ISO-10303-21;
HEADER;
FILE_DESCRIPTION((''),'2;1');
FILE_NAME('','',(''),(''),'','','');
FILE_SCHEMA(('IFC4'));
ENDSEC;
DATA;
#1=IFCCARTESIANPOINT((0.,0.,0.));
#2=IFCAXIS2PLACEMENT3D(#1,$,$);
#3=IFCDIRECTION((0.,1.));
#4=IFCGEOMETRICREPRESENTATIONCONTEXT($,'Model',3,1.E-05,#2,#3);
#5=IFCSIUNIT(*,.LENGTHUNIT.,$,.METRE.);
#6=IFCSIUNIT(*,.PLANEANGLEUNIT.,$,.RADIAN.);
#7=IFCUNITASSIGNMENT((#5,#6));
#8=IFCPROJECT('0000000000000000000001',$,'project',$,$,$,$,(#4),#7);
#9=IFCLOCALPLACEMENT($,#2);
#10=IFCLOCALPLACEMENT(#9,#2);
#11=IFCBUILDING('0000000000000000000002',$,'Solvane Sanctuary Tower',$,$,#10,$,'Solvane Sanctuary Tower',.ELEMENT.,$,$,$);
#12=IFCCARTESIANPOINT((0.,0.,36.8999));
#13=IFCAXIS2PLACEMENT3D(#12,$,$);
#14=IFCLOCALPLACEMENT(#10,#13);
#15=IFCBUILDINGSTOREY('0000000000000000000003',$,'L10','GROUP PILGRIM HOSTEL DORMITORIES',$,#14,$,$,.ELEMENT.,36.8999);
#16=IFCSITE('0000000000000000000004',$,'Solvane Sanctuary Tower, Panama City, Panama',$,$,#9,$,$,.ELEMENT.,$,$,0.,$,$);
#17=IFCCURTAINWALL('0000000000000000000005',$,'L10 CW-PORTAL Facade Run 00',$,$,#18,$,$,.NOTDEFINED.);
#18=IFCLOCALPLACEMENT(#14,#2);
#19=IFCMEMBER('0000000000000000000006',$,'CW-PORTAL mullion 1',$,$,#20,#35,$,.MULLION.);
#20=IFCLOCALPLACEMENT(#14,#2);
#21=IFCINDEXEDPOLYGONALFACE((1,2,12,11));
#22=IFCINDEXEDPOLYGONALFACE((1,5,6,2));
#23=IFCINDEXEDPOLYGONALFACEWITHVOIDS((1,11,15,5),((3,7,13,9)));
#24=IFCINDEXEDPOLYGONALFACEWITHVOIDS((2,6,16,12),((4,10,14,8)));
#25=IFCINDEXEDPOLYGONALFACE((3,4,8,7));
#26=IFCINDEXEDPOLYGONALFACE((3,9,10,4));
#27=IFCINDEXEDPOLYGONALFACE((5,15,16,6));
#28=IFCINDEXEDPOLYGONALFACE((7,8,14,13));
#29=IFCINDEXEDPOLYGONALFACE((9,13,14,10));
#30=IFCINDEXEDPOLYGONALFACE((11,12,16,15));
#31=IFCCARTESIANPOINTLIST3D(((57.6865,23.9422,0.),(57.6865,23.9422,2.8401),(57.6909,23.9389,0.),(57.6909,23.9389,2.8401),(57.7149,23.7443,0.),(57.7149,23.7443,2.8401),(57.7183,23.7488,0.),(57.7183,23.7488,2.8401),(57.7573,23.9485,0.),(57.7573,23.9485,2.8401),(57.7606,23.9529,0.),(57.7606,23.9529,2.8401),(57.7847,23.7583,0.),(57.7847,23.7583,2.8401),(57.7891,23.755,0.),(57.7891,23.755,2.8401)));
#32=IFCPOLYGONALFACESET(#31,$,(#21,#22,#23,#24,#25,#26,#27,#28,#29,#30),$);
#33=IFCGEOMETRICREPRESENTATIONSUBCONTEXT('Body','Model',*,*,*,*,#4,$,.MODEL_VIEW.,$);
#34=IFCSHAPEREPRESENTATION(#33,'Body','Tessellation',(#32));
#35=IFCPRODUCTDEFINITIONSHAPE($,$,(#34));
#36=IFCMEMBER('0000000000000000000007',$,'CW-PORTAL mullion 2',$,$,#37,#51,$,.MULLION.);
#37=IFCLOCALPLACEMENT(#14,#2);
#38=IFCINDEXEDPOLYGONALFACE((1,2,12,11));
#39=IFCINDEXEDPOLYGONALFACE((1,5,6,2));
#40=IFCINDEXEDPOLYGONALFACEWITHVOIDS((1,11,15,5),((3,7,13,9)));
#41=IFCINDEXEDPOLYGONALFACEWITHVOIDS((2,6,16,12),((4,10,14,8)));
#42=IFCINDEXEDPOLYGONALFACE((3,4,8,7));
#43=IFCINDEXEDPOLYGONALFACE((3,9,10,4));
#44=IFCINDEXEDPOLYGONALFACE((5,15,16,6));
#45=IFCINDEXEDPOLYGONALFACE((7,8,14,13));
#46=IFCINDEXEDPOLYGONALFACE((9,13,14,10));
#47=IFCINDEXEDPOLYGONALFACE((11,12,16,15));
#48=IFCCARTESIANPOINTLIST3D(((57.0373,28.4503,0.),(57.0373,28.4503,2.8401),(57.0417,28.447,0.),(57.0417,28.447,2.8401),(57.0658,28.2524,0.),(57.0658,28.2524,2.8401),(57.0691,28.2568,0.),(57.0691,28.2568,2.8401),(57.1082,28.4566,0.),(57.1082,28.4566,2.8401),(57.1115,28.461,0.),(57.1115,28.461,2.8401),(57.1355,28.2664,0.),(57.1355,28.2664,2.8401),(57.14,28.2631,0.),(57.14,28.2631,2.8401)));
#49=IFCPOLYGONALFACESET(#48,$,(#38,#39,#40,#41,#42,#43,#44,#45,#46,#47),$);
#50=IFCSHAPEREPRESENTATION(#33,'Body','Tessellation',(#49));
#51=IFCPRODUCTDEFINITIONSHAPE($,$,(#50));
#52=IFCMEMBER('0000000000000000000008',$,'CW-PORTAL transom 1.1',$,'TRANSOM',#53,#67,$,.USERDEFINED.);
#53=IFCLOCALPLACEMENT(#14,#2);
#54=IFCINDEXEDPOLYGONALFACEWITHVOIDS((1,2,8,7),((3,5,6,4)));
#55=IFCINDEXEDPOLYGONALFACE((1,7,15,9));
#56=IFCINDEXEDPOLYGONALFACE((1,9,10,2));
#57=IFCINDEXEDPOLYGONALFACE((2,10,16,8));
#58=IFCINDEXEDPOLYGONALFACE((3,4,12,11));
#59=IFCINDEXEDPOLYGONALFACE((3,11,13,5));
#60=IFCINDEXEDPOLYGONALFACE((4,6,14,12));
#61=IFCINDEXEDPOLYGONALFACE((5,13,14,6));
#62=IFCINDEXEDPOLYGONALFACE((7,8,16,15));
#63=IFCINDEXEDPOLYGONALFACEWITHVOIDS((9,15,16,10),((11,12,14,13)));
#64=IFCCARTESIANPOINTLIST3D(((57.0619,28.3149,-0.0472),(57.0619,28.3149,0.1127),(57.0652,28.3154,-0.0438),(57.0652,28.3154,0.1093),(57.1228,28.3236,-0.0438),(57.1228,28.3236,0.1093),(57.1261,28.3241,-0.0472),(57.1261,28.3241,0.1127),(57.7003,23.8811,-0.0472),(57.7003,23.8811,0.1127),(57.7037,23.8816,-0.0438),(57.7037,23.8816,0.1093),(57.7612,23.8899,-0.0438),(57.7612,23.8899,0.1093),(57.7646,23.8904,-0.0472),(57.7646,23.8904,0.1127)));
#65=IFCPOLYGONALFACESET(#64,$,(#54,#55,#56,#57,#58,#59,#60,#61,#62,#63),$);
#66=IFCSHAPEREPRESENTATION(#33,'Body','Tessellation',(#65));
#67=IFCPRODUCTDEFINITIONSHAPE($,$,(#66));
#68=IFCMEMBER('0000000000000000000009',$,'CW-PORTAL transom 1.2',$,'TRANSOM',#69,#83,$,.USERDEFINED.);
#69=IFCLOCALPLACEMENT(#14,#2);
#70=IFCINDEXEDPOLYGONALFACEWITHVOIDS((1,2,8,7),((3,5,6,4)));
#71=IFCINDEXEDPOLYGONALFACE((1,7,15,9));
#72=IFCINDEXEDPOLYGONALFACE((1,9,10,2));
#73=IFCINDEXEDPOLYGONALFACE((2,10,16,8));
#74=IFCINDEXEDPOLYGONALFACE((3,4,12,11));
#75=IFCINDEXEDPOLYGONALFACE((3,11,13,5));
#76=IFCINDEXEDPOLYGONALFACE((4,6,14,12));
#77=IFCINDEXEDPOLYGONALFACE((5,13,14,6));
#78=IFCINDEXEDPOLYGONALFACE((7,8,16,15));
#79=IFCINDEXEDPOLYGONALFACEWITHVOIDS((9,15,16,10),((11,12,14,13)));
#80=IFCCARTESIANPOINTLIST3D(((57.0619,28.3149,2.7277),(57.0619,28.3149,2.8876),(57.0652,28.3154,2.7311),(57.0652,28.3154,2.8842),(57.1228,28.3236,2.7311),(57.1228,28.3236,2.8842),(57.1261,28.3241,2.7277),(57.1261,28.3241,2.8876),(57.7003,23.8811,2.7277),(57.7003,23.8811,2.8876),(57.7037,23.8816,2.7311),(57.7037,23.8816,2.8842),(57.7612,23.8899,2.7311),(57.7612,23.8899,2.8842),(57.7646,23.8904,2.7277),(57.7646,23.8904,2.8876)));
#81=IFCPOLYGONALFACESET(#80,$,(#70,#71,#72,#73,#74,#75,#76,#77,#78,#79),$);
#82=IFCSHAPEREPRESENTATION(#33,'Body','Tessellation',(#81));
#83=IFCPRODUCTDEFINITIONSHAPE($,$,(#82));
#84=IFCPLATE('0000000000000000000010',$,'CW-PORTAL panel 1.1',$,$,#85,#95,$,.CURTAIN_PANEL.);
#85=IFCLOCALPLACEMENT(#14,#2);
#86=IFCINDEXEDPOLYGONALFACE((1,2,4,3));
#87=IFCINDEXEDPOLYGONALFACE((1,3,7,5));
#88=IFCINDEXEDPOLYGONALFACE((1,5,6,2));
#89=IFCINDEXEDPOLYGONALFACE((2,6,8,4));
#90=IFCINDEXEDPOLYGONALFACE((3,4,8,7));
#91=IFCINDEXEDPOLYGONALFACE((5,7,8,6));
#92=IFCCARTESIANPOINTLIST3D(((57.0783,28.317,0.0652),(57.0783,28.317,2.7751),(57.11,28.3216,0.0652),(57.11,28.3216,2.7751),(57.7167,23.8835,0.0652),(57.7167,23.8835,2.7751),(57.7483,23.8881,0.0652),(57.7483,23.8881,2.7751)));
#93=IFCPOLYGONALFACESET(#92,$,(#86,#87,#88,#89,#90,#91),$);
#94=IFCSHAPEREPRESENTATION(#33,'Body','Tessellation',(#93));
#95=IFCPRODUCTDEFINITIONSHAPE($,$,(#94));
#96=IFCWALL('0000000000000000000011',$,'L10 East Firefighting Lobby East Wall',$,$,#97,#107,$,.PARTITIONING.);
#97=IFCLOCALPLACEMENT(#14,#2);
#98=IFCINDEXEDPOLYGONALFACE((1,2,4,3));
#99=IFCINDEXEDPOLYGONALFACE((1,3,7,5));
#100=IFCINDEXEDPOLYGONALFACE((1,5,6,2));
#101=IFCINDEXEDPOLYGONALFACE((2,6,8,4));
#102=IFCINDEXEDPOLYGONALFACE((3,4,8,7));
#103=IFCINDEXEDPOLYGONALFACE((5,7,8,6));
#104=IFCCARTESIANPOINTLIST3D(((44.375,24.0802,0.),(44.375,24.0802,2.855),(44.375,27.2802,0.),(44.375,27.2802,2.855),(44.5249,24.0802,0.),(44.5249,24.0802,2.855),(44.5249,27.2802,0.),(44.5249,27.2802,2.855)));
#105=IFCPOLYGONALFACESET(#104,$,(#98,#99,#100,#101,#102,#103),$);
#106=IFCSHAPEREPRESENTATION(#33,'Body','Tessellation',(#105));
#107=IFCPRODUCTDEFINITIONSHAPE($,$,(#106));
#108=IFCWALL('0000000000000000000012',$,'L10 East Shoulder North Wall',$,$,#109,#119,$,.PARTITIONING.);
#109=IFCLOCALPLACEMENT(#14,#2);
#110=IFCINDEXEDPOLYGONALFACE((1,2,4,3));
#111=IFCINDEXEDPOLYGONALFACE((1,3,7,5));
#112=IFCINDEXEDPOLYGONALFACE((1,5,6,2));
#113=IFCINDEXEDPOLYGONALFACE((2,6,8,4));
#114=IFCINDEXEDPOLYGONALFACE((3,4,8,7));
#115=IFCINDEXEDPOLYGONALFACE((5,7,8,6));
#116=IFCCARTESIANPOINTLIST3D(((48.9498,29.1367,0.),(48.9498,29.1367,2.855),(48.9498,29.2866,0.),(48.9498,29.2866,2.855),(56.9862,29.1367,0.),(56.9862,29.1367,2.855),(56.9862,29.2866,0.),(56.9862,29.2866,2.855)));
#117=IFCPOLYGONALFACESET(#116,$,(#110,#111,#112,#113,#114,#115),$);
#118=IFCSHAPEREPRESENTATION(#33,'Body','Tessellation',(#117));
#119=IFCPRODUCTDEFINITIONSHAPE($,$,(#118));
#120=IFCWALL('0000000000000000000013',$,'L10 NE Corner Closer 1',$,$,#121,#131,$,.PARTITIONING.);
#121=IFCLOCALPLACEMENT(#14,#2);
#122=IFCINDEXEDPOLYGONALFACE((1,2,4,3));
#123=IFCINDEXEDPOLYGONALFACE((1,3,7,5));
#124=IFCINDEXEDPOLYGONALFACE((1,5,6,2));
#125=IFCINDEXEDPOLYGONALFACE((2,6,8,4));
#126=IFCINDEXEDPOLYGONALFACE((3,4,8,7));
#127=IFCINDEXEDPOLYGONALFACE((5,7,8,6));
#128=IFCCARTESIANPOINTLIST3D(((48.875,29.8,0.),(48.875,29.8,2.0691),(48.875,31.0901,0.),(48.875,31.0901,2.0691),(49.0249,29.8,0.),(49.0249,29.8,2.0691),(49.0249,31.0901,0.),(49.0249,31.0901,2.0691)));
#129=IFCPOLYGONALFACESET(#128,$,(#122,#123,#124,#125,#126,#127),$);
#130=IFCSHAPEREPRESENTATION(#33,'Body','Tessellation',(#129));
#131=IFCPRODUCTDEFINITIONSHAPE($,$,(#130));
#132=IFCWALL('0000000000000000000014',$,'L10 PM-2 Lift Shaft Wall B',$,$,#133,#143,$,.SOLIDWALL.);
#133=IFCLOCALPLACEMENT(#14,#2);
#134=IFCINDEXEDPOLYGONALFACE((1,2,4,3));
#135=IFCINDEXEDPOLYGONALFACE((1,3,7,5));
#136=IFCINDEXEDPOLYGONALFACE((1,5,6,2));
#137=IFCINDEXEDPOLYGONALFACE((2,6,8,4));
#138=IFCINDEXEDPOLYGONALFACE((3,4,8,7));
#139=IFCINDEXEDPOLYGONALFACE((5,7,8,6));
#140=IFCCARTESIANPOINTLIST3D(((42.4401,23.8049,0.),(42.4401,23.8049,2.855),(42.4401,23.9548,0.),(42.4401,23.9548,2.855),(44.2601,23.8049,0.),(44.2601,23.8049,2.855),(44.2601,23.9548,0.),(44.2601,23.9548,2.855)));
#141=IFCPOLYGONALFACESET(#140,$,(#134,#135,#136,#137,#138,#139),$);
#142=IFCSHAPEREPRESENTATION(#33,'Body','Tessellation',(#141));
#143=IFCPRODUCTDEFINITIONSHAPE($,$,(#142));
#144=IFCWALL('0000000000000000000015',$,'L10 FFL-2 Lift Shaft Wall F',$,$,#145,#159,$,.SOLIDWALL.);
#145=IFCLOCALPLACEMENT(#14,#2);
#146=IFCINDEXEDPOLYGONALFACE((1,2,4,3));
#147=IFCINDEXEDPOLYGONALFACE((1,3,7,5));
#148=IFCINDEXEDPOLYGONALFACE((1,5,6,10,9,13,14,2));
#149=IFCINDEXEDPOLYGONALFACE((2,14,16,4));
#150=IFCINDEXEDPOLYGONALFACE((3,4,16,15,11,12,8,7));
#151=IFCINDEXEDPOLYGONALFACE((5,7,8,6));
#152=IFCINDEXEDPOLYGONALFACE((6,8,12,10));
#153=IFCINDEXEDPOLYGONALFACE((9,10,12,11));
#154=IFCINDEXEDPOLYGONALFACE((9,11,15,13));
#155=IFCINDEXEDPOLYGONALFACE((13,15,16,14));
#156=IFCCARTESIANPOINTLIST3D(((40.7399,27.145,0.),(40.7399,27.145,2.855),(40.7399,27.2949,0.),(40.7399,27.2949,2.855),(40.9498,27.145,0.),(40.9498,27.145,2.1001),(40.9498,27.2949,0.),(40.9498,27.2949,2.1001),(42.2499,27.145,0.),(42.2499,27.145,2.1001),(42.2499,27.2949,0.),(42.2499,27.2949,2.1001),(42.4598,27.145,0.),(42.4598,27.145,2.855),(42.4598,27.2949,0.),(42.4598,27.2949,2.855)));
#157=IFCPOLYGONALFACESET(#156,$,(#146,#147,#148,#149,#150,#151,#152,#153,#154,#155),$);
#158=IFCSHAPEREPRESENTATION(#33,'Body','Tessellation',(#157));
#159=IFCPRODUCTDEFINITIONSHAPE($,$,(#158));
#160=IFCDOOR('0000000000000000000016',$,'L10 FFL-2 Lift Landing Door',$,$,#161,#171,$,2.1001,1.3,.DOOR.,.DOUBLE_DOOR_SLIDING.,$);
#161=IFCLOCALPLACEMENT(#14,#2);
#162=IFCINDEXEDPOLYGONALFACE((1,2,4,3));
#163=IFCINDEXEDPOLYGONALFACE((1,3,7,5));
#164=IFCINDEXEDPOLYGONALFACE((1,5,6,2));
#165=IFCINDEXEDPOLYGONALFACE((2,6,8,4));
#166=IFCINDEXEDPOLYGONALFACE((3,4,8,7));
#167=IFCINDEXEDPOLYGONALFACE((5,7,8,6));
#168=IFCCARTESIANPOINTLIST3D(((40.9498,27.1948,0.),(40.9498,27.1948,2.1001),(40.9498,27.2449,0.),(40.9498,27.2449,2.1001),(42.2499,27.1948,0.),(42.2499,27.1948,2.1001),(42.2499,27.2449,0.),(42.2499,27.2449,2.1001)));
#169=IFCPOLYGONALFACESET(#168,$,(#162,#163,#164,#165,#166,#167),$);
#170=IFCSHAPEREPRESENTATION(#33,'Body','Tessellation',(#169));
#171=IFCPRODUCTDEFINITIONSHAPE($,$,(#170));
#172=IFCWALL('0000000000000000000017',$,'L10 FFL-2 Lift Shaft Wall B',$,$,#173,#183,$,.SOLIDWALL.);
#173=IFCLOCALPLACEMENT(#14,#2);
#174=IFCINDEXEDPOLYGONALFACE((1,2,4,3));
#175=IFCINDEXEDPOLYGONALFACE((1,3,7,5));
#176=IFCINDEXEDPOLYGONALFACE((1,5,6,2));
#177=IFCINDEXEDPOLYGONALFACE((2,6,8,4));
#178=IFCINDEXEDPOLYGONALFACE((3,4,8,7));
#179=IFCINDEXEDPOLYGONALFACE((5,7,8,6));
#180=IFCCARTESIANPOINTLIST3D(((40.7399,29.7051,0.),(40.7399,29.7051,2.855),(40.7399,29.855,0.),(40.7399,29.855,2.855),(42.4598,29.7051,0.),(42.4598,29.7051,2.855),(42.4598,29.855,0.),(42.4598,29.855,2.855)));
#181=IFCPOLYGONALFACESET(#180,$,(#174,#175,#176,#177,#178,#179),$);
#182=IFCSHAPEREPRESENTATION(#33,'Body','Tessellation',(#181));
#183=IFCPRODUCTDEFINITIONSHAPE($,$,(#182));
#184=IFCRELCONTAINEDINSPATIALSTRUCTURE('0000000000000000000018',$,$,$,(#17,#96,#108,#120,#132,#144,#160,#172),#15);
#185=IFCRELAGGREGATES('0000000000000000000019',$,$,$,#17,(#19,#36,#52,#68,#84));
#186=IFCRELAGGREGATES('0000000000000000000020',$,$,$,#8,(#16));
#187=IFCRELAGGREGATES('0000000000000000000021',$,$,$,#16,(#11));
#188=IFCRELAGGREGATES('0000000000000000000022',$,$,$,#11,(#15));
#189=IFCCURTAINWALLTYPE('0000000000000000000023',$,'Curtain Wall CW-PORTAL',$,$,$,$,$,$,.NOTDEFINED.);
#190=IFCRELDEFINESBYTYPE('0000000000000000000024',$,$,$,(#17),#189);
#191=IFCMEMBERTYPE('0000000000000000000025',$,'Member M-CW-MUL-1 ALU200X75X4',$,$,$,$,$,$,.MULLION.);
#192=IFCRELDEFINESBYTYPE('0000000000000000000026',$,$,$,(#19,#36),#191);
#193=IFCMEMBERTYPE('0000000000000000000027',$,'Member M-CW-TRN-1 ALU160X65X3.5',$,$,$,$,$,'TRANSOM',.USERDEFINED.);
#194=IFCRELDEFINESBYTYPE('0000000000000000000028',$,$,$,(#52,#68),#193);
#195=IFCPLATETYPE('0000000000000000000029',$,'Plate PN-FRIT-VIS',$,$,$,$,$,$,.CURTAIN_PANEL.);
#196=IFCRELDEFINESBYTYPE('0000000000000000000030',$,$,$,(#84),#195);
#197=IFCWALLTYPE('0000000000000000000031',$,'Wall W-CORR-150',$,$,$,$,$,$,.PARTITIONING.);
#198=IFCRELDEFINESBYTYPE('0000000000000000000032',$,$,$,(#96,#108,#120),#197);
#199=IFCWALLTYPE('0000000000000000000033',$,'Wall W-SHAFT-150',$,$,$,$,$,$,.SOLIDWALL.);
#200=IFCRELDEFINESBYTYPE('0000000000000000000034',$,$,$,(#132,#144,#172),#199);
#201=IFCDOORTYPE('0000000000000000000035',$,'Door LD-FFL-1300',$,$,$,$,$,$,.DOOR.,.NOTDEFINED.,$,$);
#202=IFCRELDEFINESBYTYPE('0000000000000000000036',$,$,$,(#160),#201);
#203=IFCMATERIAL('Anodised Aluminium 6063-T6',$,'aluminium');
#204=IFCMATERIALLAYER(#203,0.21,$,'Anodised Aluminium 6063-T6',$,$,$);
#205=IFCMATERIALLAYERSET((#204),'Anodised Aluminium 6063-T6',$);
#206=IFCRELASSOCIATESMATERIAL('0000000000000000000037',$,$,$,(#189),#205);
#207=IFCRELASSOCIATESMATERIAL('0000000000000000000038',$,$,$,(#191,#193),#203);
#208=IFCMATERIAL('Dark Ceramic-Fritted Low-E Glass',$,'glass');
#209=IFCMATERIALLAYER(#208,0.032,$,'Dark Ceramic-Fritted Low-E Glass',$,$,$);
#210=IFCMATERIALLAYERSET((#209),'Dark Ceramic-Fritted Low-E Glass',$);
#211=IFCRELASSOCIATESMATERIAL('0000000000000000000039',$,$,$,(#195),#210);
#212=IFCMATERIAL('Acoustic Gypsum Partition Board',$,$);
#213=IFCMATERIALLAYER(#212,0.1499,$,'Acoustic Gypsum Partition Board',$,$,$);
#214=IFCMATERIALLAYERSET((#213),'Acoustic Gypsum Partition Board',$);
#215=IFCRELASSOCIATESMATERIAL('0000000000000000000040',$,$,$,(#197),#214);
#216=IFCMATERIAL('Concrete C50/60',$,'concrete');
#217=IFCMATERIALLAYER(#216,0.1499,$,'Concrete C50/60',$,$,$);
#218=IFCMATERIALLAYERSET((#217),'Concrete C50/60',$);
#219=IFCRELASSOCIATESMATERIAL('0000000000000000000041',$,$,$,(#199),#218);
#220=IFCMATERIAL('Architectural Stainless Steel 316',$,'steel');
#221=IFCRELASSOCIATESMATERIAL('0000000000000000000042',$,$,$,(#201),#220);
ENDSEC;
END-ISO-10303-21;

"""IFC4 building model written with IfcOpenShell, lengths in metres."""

from ifc_helpers import new_model, si_unit, direction, frame, frame_2d, origin, origin_2d, place, context, subcontext, project, spatial, rectangle, hollow_rectangle, extrude, material, layer, layer_set, material_profile, profile_set, type_object, element, fill, aggregate, save


model = new_model("IFC4")

# Units and contexts
model_context = context("Model", 3, precision=1e-05, world=origin(), true_north=direction((0.0, 1.0)))
body_context = subcontext(model_context, "Body", "Model", "MODEL_VIEW")
ifc_project = project(units=[si_unit("LENGTHUNIT", "METRE"), si_unit("PLANEANGLEUNIT", "RADIAN")], contexts=[model_context])

# Site, building, storey
site_placement = place(None, origin())
site = spatial("IfcSite", under=ifc_project, at=site_placement, Name="Solvane Sanctuary Tower, Panama City, Panama", CompositionType="ELEMENT", RefElevation=0.0)
building_placement = place(site_placement, origin())
building = spatial("IfcBuilding", under=site, at=building_placement, Name="Solvane Sanctuary Tower", LongName="Solvane Sanctuary Tower", CompositionType="ELEMENT")
storey_placement = place(building_placement, frame((0.0, 0.0, 36.8999)))
storey = spatial("IfcBuildingStorey", under=building, at=storey_placement, Name="L10", Description="GROUP PILGRIM HOSTEL DORMITORIES", CompositionType="ELEMENT", Elevation=36.8999)

# Curtain wall, members, plate
ifc_material_1 = material(Name="Anodised Aluminium 6063-T6", Category="aluminium")
ifc_layer_1 = layer(ifc_material_1, 0.21, Name="Anodised Aluminium 6063-T6")
ifc_layer_set_1 = layer_set([ifc_layer_1], Name="Anodised Aluminium 6063-T6")
curtain_wall_type = type_object("IfcCurtainWallType", Name="Curtain Wall CW-PORTAL", PredefinedType="NOTDEFINED", material=ifc_layer_set_1)
curtain_wall_placement = place(storey_placement, origin())
curtain_wall = element("IfcCurtainWall", 1, at=curtain_wall_placement, inside=storey, type_object=curtain_wall_type, Name="L10 CW-PORTAL Facade Run 00", PredefinedType="NOTDEFINED")
ifc_material_profile_1 = material_profile(ifc_material_1, hollow_rectangle(XDim=0.075, YDim=0.2, WallThickness=0.0039, at=origin_2d()), Name="ALU200X75X4")
ifc_profile_set_1 = profile_set([ifc_material_profile_1], Name="Anodised Aluminium 6063-T6")
member_type_1 = type_object("IfcMemberType", Name="Member M-CW-MUL-1 ALU200X75X4", PredefinedType="MULLION", material=ifc_profile_set_1)
member_1_placement = place(storey_placement, frame((57.7378, 23.8486, 0.0), z_axis=(0.0, 0.0, 1.0), x_axis=(-0.989794, -0.142504, 0.0)))
member_1 = element("IfcMember", 2, at=member_1_placement, type_object=member_type_1, Name="CW-PORTAL mullion 1", PredefinedType="MULLION", context=body_context, shape_type="SweptSolid", body=[
    extrude(hollow_rectangle(XDim=0.075, YDim=0.2, WallThickness=0.0039, at=origin_2d()), origin(), (0.0, 0.0, 1.0), 2.8401),
])
member_2_placement = place(storey_placement, frame((57.0886, 28.3567, 0.0), z_axis=(0.0, 0.0, 1.0), x_axis=(-0.989794, -0.142504, 0.0)))
member_2 = element("IfcMember", 3, at=member_2_placement, type_object=member_type_1, Name="CW-PORTAL mullion 2", PredefinedType="MULLION", context=body_context, shape_type="SweptSolid", body=[
    extrude(hollow_rectangle(XDim=0.075, YDim=0.2, WallThickness=0.0039, at=origin_2d()), origin(), (0.0, 0.0, 1.0), 2.8401),
])
ifc_material_profile_2 = material_profile(ifc_material_1, hollow_rectangle(XDim=0.0649, YDim=0.1599, WallThickness=0.0034, at=origin_2d()), Name="ALU160X65X3.5")
ifc_profile_set_2 = profile_set([ifc_material_profile_2], Name="Anodised Aluminium 6063-T6")
member_type_2 = type_object("IfcMemberType", Name="Member M-CW-TRN-1 ALU160X65X3.5", ElementType="TRANSOM", PredefinedType="USERDEFINED", material=ifc_profile_set_2)
member_3_placement = place(storey_placement, frame((57.7324, 23.8857, 0.0327), z_axis=(-0.14252, 0.989792, 0.0), x_axis=(-0.989792, -0.14252, 0.0)))
member_3 = element("IfcMember", 4, at=member_3_placement, type_object=member_type_2, Name="CW-PORTAL transom 1.1", ObjectType="TRANSOM", PredefinedType="USERDEFINED", context=body_context, shape_type="SweptSolid", body=[
    extrude(hollow_rectangle(XDim=0.0649, YDim=0.1599, WallThickness=0.0034, at=origin_2d()), origin(), (0.0, 0.0, 1.0), 4.4795),
])
member_4_placement = place(storey_placement, frame((57.7324, 23.8857, 2.8076), z_axis=(-0.14252, 0.989792, 0.0), x_axis=(-0.989792, -0.14252, 0.0)))
member_4 = element("IfcMember", 5, at=member_4_placement, type_object=member_type_2, Name="CW-PORTAL transom 1.2", ObjectType="TRANSOM", PredefinedType="USERDEFINED", context=body_context, shape_type="SweptSolid", body=[
    extrude(hollow_rectangle(XDim=0.0649, YDim=0.1599, WallThickness=0.0034, at=origin_2d()), origin(), (0.0, 0.0, 1.0), 4.4795),
])
ifc_material_2 = material(Name="Dark Ceramic-Fritted Low-E Glass", Category="glass")
ifc_layer_2 = layer(ifc_material_2, 0.032, Name="Dark Ceramic-Fritted Low-E Glass")
ifc_layer_set_2 = layer_set([ifc_layer_2], Name="Dark Ceramic-Fritted Low-E Glass")
plate_type = type_object("IfcPlateType", Name="Plate PN-FRIT-VIS", PredefinedType="CURTAIN_PANEL", material=ifc_layer_set_2)
plate_placement = place(storey_placement, frame((57.4133, 26.1025, 0.0652), z_axis=(0.0, 0.0, 1.0), x_axis=(-0.142504, 0.989794, 0.0)))
plate = element("IfcPlate", 6, at=plate_placement, type_object=plate_type, Name="CW-PORTAL panel 1.1", PredefinedType="CURTAIN_PANEL", context=body_context, shape_type="SweptSolid", body=[
    extrude(rectangle(XDim=4.4792, YDim=0.032, at=origin_2d()), origin(), (0.0, 0.0, 1.0), 2.71),
])
aggregate(curtain_wall, [member_1, member_2, member_3, member_4, plate])

# Walls
ifc_material_3 = material(Name="Acoustic Gypsum Partition Board")
ifc_layer_3 = layer(ifc_material_3, 0.1499, Name="Acoustic Gypsum Partition Board")
ifc_layer_set_3 = layer_set([ifc_layer_3], Name="Acoustic Gypsum Partition Board")
wall_type_1 = type_object("IfcWallType", Name="Wall W-CORR-150", PredefinedType="PARTITIONING", material=ifc_layer_set_3)
wall_1_placement = place(storey_placement, frame((44.45, 24.0801, 0.0), z_axis=(0.0, 0.0, 1.0), x_axis=(0.0, 1.0, 0.0)))
element("IfcWall", 7, at=wall_1_placement, inside=storey, type_object=wall_type_1, Name="L10 East Firefighting Lobby East Wall", PredefinedType="PARTITIONING", context=body_context, shape_type="SweptSolid", body=[
    extrude(rectangle(XDim=3.2, YDim=0.1499, at=frame_2d((1.6001, 0.0))), origin(), (0.0, 0.0, 1.0), 2.855),
])
wall_2_placement = place(storey_placement, frame((48.95, 29.2117, 0.0), z_axis=(0.0, 0.0, 1.0), x_axis=(1.0, 0.0, 0.0)))
element("IfcWall", 8, at=wall_2_placement, inside=storey, type_object=wall_type_1, Name="L10 East Shoulder North Wall", PredefinedType="PARTITIONING", context=body_context, shape_type="SweptSolid", body=[
    extrude(rectangle(XDim=8.0364, YDim=0.1499, at=frame_2d((4.0181, 0.0))), origin(), (0.0, 0.0, 1.0), 2.855),
])
wall_3_placement = place(storey_placement, frame((48.95, 29.8, 0.0), z_axis=(0.0, 0.0, 1.0), x_axis=(0.0, 1.0, 0.0)))
element("IfcWall", 9, at=wall_3_placement, inside=storey, type_object=wall_type_1, Name="L10 NE Corner Closer 1", PredefinedType="PARTITIONING", context=body_context, shape_type="SweptSolid", body=[
    extrude(rectangle(XDim=1.29, YDim=0.1499, at=frame_2d((0.645, 0.0))), origin(), (0.0, 0.0, 1.0), 2.0691),
])
ifc_material_4 = material(Name="Concrete C50/60", Category="concrete")
ifc_layer_4 = layer(ifc_material_4, 0.1499, Name="Concrete C50/60")
ifc_layer_set_4 = layer_set([ifc_layer_4], Name="Concrete C50/60")
wall_type_2 = type_object("IfcWallType", Name="Wall W-SHAFT-150", PredefinedType="SOLIDWALL", material=ifc_layer_set_4)
wall_4_placement = place(storey_placement, frame((42.4399, 23.8799, 0.0), z_axis=(0.0, 0.0, 1.0), x_axis=(1.0, 0.0, 0.0)))
element("IfcWall", 10, at=wall_4_placement, inside=storey, type_object=wall_type_2, Name="L10 PM-2 Lift Shaft Wall B", PredefinedType="SOLIDWALL", context=body_context, shape_type="SweptSolid", body=[
    extrude(rectangle(XDim=1.8201, YDim=0.1499, at=frame_2d((0.9102, 0.0))), origin(), (0.0, 0.0, 1.0), 2.855),
])

# Wall, opening, door
wall_5_placement = place(storey_placement, frame((40.74, 27.22, 0.0), z_axis=(0.0, 0.0, 1.0), x_axis=(1.0, 0.0, 0.0)))
wall_5 = element("IfcWall", 11, at=wall_5_placement, inside=storey, type_object=wall_type_2, Name="L10 FFL-2 Lift Shaft Wall F", PredefinedType="SOLIDWALL", context=body_context, shape_type="SweptSolid", body=[
    extrude(rectangle(XDim=1.72, YDim=0.1499, at=frame_2d((0.8599, 0.0))), origin(), (0.0, 0.0, 1.0), 2.855),
])
opening_1_placement = place(wall_5_placement, frame((0.21, 0.0, 0.0)))
opening_1 = element("IfcOpeningElement", 12, at=opening_1_placement, cuts=wall_5, PredefinedType="OPENING", context=body_context, shape_type="SweptSolid", body=[
    extrude(rectangle(XDim=1.3, YDim=2.1001, at=frame_2d((0.6499, 1.05))), frame((0.0, 0.085, 0.0), z_axis=(0.0, -1.0, 0.0), x_axis=(1.0, 0.0, 0.0)), (0.0, 0.0, 1.0), 0.1699),
])
ifc_material_5 = material(Name="Architectural Stainless Steel 316", Category="steel")
door_type_1 = type_object("IfcDoorType", Name="Door LD-FFL-1300", OperationType="NOTDEFINED", PredefinedType="DOOR", material=ifc_material_5)
door_1_placement = place(opening_1_placement, origin())
door_1 = element("IfcDoor", 13, at=door_1_placement, inside=storey, type_object=door_type_1, Name="L10 FFL-2 Lift Landing Door", OperationType="DOUBLE_DOOR_SLIDING", OverallHeight=2.1001, OverallWidth=1.3, PredefinedType="DOOR", context=body_context, shape_type="SweptSolid", body=[
    extrude(rectangle(XDim=1.3, YDim=2.1001, at=frame_2d((0.6499, 1.05))), frame((0.0, 0.0249, 0.0), z_axis=(0.0, -1.0, 0.0), x_axis=(1.0, 0.0, 0.0)), (0.0, 0.0, 1.0), 0.05),
])
fill(opening_1, door_1)

# Wall
wall_6_placement = place(storey_placement, frame((40.74, 29.78, 0.0), z_axis=(0.0, 0.0, 1.0), x_axis=(1.0, 0.0, 0.0)))
element("IfcWall", 14, at=wall_6_placement, inside=storey, type_object=wall_type_2, Name="L10 FFL-2 Lift Shaft Wall B", PredefinedType="SOLIDWALL", context=body_context, shape_type="SweptSolid", body=[
    extrude(rectangle(XDim=1.72, YDim=0.1499, at=frame_2d((0.8599, 0.0))), origin(), (0.0, 0.0, 1.0), 2.855),
])

save(model, "model.ifc")
